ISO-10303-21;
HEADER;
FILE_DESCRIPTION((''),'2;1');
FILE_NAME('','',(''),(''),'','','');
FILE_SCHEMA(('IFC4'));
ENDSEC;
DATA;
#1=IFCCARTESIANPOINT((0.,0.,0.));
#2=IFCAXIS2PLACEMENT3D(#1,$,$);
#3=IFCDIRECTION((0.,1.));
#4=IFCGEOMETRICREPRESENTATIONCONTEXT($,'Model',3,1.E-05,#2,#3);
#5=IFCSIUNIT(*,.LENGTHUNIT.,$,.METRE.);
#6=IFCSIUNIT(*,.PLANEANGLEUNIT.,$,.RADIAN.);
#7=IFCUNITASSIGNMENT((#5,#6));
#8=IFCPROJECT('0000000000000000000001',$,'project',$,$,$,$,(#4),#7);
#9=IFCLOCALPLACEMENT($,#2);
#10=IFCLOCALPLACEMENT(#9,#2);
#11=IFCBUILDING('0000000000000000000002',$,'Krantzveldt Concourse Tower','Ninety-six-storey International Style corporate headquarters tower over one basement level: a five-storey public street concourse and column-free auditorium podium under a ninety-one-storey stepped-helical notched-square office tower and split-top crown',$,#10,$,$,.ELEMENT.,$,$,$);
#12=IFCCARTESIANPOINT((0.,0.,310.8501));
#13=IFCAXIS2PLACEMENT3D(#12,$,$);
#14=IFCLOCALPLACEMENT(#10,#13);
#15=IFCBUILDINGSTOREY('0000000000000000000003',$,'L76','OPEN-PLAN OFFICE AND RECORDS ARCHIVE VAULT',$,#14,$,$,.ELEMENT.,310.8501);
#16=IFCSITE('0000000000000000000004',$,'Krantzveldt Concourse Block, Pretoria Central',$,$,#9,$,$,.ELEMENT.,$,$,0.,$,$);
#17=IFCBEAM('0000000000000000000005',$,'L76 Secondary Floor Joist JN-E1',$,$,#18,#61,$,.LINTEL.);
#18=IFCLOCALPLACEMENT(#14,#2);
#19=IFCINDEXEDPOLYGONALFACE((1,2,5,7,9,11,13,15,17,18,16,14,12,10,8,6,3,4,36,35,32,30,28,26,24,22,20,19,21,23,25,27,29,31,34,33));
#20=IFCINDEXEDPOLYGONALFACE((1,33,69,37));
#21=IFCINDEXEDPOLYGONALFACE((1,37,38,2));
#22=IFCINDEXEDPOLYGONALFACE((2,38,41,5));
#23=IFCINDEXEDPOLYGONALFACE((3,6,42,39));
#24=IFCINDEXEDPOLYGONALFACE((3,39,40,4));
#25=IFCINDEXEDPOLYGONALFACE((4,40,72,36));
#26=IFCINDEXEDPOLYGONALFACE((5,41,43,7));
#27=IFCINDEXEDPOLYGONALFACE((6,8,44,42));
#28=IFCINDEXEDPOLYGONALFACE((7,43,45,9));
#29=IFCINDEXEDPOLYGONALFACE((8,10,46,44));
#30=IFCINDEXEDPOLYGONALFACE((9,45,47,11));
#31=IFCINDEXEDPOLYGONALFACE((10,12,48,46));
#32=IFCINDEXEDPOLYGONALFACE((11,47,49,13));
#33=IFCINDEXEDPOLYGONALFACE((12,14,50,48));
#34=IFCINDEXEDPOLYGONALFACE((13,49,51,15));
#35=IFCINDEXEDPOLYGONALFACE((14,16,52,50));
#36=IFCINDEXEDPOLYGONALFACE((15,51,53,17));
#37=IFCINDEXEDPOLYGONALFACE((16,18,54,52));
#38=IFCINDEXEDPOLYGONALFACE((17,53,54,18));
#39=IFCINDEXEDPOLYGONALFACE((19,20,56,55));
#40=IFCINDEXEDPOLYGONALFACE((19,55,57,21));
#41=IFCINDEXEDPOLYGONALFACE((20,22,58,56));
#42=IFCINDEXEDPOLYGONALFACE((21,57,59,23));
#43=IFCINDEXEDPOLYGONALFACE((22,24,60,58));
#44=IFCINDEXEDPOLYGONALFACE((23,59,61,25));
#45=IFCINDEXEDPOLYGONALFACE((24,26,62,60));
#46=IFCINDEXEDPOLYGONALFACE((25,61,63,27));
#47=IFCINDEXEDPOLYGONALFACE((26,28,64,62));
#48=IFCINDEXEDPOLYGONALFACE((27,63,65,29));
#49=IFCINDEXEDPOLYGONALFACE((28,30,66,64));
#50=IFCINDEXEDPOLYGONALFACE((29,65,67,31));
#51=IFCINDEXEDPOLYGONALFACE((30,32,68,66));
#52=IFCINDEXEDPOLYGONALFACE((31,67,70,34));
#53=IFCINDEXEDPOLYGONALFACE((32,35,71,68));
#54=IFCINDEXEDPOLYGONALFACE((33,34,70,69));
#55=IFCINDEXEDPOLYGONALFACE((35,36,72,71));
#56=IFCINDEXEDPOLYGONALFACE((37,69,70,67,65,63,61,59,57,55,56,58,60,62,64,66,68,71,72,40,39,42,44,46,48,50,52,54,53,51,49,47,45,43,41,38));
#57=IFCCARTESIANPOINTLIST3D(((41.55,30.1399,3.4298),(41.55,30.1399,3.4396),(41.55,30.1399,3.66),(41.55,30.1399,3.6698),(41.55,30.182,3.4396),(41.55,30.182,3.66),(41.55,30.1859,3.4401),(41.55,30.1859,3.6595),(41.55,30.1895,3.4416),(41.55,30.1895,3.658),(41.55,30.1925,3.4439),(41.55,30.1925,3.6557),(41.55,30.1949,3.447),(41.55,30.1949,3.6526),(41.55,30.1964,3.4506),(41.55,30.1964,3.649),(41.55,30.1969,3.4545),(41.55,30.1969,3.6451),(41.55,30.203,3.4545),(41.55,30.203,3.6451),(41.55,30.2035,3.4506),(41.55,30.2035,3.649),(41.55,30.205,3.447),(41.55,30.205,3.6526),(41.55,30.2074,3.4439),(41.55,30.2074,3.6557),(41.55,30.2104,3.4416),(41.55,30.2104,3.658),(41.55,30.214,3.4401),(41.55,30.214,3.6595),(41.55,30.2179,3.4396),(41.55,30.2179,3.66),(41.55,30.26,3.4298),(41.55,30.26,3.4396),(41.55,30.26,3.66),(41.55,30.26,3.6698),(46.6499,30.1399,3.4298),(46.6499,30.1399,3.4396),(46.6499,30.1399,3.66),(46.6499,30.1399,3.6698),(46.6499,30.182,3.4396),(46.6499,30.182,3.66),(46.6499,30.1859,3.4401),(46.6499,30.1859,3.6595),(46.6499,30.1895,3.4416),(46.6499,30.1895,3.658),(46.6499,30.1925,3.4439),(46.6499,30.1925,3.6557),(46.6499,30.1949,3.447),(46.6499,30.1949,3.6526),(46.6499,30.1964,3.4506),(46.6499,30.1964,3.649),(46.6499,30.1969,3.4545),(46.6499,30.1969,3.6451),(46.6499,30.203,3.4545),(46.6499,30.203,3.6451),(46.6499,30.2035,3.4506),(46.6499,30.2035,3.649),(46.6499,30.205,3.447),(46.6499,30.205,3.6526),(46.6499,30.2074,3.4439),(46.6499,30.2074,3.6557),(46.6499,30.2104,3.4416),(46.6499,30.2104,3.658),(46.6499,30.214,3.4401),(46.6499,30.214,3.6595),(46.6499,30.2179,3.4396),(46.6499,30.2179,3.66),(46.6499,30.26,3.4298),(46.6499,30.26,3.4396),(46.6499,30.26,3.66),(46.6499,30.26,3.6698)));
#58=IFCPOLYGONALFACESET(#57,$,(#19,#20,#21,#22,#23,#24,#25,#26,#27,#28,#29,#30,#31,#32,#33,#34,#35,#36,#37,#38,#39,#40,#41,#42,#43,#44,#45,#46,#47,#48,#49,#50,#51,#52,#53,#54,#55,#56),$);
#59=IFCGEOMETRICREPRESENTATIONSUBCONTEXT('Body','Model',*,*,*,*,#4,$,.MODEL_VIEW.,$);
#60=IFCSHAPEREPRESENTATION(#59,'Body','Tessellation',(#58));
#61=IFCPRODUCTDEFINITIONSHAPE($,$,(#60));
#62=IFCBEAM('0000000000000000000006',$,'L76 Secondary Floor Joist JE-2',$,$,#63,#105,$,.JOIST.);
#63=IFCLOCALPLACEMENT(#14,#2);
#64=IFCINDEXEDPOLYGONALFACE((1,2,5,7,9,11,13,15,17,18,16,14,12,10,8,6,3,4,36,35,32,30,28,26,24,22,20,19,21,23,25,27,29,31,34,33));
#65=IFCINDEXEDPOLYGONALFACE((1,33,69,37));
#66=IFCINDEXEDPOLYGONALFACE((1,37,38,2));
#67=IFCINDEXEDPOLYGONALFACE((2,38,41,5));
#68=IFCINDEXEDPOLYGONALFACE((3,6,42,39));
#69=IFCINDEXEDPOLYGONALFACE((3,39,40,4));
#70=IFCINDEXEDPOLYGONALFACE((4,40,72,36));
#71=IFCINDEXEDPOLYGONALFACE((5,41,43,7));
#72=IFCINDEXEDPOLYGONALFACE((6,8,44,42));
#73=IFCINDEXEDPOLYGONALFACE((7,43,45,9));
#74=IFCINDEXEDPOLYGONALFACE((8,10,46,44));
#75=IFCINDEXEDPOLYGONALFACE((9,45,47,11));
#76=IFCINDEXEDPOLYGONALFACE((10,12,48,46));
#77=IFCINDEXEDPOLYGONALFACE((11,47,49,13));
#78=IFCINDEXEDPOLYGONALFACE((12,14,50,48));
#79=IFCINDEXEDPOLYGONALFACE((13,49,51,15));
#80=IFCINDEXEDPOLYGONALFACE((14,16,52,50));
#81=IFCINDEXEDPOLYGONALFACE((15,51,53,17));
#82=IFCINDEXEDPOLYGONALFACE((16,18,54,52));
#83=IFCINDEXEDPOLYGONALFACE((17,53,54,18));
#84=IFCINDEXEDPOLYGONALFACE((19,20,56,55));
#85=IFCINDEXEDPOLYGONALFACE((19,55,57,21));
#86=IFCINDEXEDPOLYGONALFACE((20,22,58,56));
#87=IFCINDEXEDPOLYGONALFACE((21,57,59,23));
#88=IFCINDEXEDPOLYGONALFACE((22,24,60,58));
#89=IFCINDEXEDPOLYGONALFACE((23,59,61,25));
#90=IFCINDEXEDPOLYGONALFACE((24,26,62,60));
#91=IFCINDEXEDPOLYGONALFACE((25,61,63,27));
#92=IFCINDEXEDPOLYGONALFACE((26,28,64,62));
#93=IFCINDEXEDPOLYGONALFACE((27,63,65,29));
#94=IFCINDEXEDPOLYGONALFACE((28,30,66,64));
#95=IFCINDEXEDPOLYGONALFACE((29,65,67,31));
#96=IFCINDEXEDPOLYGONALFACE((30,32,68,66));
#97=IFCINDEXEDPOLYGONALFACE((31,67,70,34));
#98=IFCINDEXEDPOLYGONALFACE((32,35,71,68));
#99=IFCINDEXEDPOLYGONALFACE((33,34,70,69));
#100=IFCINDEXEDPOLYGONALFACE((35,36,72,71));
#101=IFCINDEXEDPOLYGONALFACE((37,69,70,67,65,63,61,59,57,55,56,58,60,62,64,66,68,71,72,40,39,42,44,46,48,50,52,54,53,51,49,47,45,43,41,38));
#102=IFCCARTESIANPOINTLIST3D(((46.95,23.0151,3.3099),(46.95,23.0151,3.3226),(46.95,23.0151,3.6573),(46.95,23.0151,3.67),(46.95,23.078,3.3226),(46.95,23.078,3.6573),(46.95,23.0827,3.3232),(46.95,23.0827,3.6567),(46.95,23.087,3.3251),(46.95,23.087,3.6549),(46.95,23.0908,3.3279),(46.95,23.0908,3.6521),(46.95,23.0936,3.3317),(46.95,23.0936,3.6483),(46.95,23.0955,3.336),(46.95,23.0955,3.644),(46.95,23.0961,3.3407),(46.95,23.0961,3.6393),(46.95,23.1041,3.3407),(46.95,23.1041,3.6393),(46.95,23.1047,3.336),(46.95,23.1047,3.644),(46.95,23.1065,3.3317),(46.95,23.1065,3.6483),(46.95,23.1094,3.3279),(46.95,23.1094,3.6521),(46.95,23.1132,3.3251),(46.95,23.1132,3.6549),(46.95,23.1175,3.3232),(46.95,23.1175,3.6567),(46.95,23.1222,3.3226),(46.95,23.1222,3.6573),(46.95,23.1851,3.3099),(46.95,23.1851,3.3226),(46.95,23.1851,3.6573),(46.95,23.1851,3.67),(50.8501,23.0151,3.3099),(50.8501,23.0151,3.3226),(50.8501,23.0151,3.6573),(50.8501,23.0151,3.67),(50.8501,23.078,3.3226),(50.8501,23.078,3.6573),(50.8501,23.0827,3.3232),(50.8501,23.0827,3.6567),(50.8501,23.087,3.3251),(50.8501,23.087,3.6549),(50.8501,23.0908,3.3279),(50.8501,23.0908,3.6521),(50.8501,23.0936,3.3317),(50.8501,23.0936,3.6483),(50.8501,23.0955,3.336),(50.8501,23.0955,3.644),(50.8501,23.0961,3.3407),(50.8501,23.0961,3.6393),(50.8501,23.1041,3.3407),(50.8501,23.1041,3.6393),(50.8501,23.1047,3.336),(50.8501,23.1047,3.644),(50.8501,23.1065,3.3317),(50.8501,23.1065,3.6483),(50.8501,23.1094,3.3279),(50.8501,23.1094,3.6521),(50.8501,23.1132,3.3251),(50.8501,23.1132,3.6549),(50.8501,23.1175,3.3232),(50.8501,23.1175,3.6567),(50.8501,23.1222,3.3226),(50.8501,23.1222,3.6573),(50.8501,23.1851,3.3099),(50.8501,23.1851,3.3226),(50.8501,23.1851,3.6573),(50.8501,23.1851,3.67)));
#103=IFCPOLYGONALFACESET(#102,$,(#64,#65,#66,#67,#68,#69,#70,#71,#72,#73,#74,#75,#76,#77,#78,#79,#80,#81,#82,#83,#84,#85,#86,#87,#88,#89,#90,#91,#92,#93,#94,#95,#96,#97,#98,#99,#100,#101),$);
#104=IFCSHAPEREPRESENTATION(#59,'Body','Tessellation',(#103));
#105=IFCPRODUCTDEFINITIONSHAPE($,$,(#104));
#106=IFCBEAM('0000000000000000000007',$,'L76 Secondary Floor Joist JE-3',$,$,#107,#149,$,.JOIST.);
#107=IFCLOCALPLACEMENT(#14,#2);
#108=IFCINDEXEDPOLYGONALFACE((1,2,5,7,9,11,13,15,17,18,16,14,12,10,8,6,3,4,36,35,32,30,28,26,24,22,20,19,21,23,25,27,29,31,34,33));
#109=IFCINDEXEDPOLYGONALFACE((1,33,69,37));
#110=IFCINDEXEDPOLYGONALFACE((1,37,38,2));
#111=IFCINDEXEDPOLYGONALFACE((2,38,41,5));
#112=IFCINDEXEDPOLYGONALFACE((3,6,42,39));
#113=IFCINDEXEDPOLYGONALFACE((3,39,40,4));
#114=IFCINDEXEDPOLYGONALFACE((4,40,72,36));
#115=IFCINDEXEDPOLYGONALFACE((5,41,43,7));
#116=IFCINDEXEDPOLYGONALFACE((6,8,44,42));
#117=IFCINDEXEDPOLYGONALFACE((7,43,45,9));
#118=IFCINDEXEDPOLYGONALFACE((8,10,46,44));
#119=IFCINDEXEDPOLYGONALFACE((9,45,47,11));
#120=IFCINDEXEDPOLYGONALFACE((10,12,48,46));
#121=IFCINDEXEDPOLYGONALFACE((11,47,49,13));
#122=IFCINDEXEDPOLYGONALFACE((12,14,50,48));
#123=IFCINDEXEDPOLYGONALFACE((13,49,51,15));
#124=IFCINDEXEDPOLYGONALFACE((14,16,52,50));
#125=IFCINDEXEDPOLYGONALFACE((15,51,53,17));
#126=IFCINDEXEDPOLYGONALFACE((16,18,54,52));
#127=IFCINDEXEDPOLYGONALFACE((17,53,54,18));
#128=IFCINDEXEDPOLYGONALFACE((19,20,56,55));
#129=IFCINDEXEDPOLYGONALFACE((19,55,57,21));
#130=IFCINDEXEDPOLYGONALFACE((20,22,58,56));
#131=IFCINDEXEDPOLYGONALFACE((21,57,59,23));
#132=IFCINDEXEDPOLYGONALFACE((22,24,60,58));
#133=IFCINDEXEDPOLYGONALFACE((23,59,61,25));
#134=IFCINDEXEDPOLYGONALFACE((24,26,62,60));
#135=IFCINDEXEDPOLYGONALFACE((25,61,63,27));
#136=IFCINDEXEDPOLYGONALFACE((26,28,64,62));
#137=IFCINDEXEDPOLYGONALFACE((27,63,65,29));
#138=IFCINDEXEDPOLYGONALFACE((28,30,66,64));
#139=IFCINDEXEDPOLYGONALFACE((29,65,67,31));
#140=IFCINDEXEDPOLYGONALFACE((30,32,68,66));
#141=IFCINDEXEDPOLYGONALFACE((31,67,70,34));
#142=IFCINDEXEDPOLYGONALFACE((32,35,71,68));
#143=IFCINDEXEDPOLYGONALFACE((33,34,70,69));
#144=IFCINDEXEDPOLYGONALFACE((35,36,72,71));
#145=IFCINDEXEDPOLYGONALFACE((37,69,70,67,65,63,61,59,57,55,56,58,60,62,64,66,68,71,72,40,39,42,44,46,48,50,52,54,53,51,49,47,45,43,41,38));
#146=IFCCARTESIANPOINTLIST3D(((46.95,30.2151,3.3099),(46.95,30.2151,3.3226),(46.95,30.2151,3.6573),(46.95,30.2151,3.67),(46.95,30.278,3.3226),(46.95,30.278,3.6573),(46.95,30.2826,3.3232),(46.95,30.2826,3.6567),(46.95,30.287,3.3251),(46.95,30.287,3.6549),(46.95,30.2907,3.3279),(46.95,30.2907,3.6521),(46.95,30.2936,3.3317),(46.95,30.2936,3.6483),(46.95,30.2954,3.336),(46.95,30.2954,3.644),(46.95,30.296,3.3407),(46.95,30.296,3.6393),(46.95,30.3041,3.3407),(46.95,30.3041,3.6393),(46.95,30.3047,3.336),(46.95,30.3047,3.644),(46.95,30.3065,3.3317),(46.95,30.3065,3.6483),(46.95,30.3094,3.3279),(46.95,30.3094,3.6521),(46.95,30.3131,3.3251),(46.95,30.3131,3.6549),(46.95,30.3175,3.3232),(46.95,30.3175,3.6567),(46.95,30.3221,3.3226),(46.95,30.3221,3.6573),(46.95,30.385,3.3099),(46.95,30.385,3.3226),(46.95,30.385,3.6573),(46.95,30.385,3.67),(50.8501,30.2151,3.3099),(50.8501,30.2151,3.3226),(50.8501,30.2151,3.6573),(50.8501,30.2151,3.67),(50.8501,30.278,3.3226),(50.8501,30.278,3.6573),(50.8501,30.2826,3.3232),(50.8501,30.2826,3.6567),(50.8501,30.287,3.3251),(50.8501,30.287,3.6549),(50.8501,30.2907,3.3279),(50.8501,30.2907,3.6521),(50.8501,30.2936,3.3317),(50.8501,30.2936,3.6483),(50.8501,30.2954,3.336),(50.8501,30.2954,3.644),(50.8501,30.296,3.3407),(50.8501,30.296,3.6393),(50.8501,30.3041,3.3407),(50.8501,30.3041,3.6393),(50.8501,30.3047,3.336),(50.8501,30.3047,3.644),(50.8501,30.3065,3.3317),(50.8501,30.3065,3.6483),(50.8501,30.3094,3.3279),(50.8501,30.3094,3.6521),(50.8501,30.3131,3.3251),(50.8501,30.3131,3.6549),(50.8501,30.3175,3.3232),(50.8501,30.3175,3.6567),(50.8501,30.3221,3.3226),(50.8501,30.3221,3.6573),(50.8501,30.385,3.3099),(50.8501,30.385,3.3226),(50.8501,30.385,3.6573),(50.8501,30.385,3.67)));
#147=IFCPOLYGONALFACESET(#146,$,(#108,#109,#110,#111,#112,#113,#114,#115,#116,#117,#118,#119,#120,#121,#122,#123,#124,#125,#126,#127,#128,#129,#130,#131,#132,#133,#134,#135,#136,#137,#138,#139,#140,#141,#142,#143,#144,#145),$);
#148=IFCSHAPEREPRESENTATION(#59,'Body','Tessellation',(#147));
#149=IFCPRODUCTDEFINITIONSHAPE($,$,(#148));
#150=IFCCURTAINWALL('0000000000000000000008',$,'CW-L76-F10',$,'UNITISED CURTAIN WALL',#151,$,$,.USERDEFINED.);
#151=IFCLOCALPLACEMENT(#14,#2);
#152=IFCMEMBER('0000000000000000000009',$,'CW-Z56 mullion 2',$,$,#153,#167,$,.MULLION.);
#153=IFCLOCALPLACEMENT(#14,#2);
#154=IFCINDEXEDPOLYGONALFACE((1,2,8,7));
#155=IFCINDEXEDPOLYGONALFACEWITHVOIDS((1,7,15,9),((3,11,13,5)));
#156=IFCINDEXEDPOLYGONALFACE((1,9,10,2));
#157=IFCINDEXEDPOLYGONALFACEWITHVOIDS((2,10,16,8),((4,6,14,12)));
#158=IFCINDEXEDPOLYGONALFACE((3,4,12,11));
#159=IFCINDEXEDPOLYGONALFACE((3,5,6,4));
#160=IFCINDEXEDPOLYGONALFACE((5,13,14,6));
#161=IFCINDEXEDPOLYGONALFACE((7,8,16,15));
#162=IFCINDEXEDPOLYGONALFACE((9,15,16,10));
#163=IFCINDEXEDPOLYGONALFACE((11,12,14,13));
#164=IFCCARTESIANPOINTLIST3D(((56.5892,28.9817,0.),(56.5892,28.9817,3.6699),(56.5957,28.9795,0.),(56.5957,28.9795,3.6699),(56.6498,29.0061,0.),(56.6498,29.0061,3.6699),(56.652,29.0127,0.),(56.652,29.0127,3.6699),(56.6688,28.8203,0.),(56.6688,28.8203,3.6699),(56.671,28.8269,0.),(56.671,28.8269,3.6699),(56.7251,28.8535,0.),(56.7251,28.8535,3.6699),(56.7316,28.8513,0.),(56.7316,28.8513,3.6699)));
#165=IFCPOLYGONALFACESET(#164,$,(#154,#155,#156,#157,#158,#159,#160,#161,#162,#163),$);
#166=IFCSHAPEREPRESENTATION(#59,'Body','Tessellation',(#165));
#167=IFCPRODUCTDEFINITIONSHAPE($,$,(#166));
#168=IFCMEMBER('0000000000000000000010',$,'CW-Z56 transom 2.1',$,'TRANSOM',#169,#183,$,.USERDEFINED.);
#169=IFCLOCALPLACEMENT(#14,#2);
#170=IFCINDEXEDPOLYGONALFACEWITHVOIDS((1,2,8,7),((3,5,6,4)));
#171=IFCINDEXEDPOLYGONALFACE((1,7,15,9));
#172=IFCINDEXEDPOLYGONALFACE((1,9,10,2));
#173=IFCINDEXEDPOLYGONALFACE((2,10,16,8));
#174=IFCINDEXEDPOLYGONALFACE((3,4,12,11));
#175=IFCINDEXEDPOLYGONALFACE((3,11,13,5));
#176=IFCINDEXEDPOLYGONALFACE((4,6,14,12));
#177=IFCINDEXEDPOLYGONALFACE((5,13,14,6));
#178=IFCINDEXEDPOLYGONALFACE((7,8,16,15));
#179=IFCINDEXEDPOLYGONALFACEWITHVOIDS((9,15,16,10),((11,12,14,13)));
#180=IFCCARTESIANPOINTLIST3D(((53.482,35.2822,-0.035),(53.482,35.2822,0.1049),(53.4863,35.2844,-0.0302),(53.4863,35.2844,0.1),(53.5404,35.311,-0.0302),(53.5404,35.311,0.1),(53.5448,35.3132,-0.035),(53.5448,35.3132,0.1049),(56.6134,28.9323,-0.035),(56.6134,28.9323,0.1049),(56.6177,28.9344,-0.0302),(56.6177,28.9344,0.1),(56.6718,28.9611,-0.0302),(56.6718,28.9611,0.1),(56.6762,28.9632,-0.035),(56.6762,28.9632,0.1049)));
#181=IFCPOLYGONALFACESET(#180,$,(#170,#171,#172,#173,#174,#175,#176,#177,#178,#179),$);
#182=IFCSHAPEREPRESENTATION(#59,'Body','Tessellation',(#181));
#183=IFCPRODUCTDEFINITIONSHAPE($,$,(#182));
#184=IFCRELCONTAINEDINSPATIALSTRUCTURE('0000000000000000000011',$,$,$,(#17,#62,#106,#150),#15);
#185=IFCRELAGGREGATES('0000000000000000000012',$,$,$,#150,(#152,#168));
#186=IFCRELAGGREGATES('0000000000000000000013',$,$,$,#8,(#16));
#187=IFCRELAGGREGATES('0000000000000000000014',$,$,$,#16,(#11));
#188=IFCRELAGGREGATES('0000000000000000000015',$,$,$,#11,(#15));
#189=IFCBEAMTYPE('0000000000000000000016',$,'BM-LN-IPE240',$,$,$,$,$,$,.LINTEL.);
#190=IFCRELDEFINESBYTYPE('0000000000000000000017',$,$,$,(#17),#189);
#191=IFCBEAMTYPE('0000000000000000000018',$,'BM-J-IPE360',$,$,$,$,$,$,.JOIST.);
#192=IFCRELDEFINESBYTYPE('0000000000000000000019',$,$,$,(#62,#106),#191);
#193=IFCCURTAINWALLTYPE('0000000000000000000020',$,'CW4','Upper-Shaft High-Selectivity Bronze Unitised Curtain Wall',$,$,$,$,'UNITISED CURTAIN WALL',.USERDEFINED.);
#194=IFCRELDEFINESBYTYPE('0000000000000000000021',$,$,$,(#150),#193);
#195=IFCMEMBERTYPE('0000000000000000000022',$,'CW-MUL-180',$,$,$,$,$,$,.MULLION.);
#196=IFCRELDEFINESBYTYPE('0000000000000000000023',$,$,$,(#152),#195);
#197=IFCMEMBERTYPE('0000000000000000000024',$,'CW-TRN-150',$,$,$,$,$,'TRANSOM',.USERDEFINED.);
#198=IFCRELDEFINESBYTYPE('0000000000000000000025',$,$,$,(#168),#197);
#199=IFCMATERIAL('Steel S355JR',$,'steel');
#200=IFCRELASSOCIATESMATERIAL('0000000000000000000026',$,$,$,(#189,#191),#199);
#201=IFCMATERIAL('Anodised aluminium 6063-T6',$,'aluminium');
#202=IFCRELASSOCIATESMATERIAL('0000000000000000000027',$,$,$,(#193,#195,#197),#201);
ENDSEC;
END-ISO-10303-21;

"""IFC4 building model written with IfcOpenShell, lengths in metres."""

from ifc_helpers import new_model, si_unit, direction, frame, origin, origin_2d, place, context, subcontext, project, spatial, hollow_rectangle, i_section, extrude, source, transform, mapped, material, material_profile, profile_set, type_object, type_shapes, element, aggregate, save


model = new_model("IFC4")

# Units and contexts
model_context = context("Model", 3, precision=1e-05, world=origin(), true_north=direction((0.0, 1.0)))
body_context = subcontext(model_context, "Body", "Model", "MODEL_VIEW")
ifc_project = project(units=[si_unit("LENGTHUNIT", "METRE"), si_unit("PLANEANGLEUNIT", "RADIAN")], contexts=[model_context])

# Site, building, storey
site_placement = place(None, origin())
site = spatial("IfcSite", under=ifc_project, at=site_placement, Name="Krantzveldt Concourse Block, Pretoria Central", CompositionType="ELEMENT", RefElevation=0.0)
building_placement = place(site_placement, origin())
building = spatial("IfcBuilding", under=site, at=building_placement, Name="Krantzveldt Concourse Tower", Description="Ninety-six-storey International Style corporate headquarters tower over one basement level: a five-storey public street concourse and column-free auditorium podium under a ninety-one-storey stepped-helical notched-square office tower and split-top crown", CompositionType="ELEMENT")
storey_placement = place(building_placement, frame((0.0, 0.0, 310.8501)))
storey = spatial("IfcBuildingStorey", under=building, at=storey_placement, Name="L76", Description="OPEN-PLAN OFFICE AND RECORDS ARCHIVE VAULT", CompositionType="ELEMENT", Elevation=310.8501)

# Beams
ifc_material_1 = material(Name="Steel S355JR", Category="steel")
ifc_material_profile_1 = material_profile(ifc_material_1, i_section(OverallWidth=0.1201, OverallDepth=0.24, WebThickness=0.0061, FlangeThickness=0.0098, FilletRadius=0.0149, at=origin_2d()), Name="Steel S355JR", Category="steel")
ifc_profile_set_1 = profile_set([ifc_material_profile_1], Name="Steel S355JR - IPE 240")
beam_type_1 = type_object("IfcBeamType", Name="BM-LN-IPE240", PredefinedType="LINTEL", material=ifc_profile_set_1)
shared_shape_1 = source(origin(), body_context, "Body", "SweptSolid", [
    extrude(i_section(OverallWidth=0.1201, OverallDepth=0.24, WebThickness=0.0061, FlangeThickness=0.0098, FilletRadius=0.0149, at=origin_2d()), origin(), (0.0, 0.0, 1.0), 5.0999),
])
type_shapes(beam_type_1, [shared_shape_1])
beam_1_placement = place(storey_placement, frame((41.55, 30.2, 3.5498), z_axis=(1.0, 0.0, 0.0), x_axis=(0.0, 1.0, 0.0)))
element("IfcBeam", 1, at=beam_1_placement, inside=storey, type_object=beam_type_1, Name="L76 Secondary Floor Joist JN-E1", PredefinedType="LINTEL", context=body_context, shape_type="MappedRepresentation", body=[
    mapped(shared_shape_1, transform((0.0, 0.0, 0.0), x_axis=(1.0, 0.0, 0.0), y_axis=(0.0, 1.0, 0.0), z_axis=(0.0, 0.0, 1.0), scale=1.0)),
])
ifc_material_profile_2 = material_profile(ifc_material_1, i_section(OverallWidth=0.1699, OverallDepth=0.3601, WebThickness=0.0081, FlangeThickness=0.0127, FilletRadius=0.0181, at=origin_2d()), Name="Steel S355JR", Category="steel")
ifc_profile_set_2 = profile_set([ifc_material_profile_2], Name="Steel S355JR - IPE 360")
beam_type_2 = type_object("IfcBeamType", Name="BM-J-IPE360", PredefinedType="JOIST", material=ifc_profile_set_2)
shared_shape_2 = source(origin(), body_context, "Body", "SweptSolid", [
    extrude(i_section(OverallWidth=0.1699, OverallDepth=0.3601, WebThickness=0.0081, FlangeThickness=0.0127, FilletRadius=0.0181, at=origin_2d()), origin(), (0.0, 0.0, 1.0), 3.9001),
])
type_shapes(beam_type_2, [shared_shape_2])
for number, where, z_axis, x_axis, name in (
    (2, (46.95, 23.1001, 3.49), (1.0, 0.0, 0.0), (0.0, 1.0, 0.0), "L76 Secondary Floor Joist JE-2"),
    (3, (46.95, 30.3, 3.49), (1.0, 0.0, 0.0), (0.0, 1.0, 0.0), "L76 Secondary Floor Joist JE-3"),
):
    element("IfcBeam", number, at=place(storey_placement, frame(where, z_axis=z_axis, x_axis=x_axis)), inside=storey, type_object=beam_type_2, Name=name, PredefinedType="JOIST", context=body_context, shape_type="MappedRepresentation", body=[
        mapped(shared_shape_2, transform((0.0, 0.0, 0.0), x_axis=(1.0, 0.0, 0.0), y_axis=(0.0, 1.0, 0.0), z_axis=(0.0, 0.0, 1.0), scale=1.0)),
    ])

# Curtain wall, members
ifc_material_2 = material(Name="Anodised aluminium 6063-T6", Category="aluminium")
curtain_wall_type = type_object("IfcCurtainWallType", Name="CW4", Description="Upper-Shaft High-Selectivity Bronze Unitised Curtain Wall", ElementType="UNITISED CURTAIN WALL", PredefinedType="USERDEFINED", material=ifc_material_2)
curtain_wall_placement = place(storey_placement, origin())
curtain_wall = element("IfcCurtainWall", 4, at=curtain_wall_placement, inside=storey, type_object=curtain_wall_type, Name="CW-L76-F10", ObjectType="UNITISED CURTAIN WALL", PredefinedType="USERDEFINED")
ifc_material_profile_3 = material_profile(ifc_material_2, hollow_rectangle(XDim=0.0701, YDim=0.1799, WallThickness=0.0049, at=origin_2d()), Name="Anodised aluminium 6063-T6", Category="aluminium")
ifc_profile_set_3 = profile_set([ifc_material_profile_3], Name="Anodised aluminium 6063-T6 - ALU-MULL 180x70x5")
member_type_1 = type_object("IfcMemberType", Name="CW-MUL-180", PredefinedType="MULLION", material=ifc_profile_set_3)
shared_shape_3 = source(origin(), body_context, "Body", "SweptSolid", [
    extrude(hollow_rectangle(XDim=0.0701, YDim=0.1799, WallThickness=0.0049, at=origin_2d()), origin(), (0.0, 0.0, 1.0), 3.6699),
])
type_shapes(member_type_1, [shared_shape_3])
member_1_placement = place(storey_placement, frame((56.6604, 28.9165, 0.0), z_axis=(0.0, 0.0, 1.0), x_axis=(-0.896873, -0.442289, 0.0)))
member_1 = element("IfcMember", 5, at=member_1_placement, type_object=member_type_1, Name="CW-Z56 mullion 2", PredefinedType="MULLION", context=body_context, shape_type="MappedRepresentation", body=[
    mapped(shared_shape_3, transform((0.0, 0.0, 0.0), x_axis=(1.0, 0.0, 0.0), y_axis=(0.0, 1.0, 0.0), z_axis=(0.0, 0.0, 1.0), scale=1.0)),
])
ifc_material_profile_4 = material_profile(ifc_material_2, hollow_rectangle(XDim=0.0701, YDim=0.1399, WallThickness=0.0049, at=origin_2d()), Name="Anodised aluminium 6063-T6", Category="aluminium")
ifc_profile_set_4 = profile_set([ifc_material_profile_4], Name="Anodised aluminium 6063-T6 - ALU-TRAN 140x70x5")
member_type_2 = type_object("IfcMemberType", Name="CW-TRN-150", ElementType="TRANSOM", PredefinedType="USERDEFINED", material=ifc_profile_set_4)
shared_shape_4 = source(origin(), body_context, "Body", "SweptSolid", [
    extrude(hollow_rectangle(XDim=0.0701, YDim=0.1399, WallThickness=0.0049, at=origin_2d()), origin(), (0.0, 0.0, 1.0), 7.0801),
])
type_shapes(member_type_2, [shared_shape_4])
member_2_placement = place(storey_placement, frame((56.6448, 28.9478, 0.0349), z_axis=(-0.442283, 0.896876, 0.0), x_axis=(-0.896876, -0.442283, 0.0)))
member_2 = element("IfcMember", 6, at=member_2_placement, type_object=member_type_2, Name="CW-Z56 transom 2.1", ObjectType="TRANSOM", PredefinedType="USERDEFINED", context=body_context, shape_type="MappedRepresentation", body=[
    mapped(shared_shape_4, transform((0.0, 0.0, 0.0), x_axis=(1.0, 0.0, 0.0), y_axis=(0.0, 1.0, 0.0), z_axis=(0.0, 0.0, 1.0), scale=1.0)),
])
aggregate(curtain_wall, [member_1, member_2])

save(model, "model.ifc")
